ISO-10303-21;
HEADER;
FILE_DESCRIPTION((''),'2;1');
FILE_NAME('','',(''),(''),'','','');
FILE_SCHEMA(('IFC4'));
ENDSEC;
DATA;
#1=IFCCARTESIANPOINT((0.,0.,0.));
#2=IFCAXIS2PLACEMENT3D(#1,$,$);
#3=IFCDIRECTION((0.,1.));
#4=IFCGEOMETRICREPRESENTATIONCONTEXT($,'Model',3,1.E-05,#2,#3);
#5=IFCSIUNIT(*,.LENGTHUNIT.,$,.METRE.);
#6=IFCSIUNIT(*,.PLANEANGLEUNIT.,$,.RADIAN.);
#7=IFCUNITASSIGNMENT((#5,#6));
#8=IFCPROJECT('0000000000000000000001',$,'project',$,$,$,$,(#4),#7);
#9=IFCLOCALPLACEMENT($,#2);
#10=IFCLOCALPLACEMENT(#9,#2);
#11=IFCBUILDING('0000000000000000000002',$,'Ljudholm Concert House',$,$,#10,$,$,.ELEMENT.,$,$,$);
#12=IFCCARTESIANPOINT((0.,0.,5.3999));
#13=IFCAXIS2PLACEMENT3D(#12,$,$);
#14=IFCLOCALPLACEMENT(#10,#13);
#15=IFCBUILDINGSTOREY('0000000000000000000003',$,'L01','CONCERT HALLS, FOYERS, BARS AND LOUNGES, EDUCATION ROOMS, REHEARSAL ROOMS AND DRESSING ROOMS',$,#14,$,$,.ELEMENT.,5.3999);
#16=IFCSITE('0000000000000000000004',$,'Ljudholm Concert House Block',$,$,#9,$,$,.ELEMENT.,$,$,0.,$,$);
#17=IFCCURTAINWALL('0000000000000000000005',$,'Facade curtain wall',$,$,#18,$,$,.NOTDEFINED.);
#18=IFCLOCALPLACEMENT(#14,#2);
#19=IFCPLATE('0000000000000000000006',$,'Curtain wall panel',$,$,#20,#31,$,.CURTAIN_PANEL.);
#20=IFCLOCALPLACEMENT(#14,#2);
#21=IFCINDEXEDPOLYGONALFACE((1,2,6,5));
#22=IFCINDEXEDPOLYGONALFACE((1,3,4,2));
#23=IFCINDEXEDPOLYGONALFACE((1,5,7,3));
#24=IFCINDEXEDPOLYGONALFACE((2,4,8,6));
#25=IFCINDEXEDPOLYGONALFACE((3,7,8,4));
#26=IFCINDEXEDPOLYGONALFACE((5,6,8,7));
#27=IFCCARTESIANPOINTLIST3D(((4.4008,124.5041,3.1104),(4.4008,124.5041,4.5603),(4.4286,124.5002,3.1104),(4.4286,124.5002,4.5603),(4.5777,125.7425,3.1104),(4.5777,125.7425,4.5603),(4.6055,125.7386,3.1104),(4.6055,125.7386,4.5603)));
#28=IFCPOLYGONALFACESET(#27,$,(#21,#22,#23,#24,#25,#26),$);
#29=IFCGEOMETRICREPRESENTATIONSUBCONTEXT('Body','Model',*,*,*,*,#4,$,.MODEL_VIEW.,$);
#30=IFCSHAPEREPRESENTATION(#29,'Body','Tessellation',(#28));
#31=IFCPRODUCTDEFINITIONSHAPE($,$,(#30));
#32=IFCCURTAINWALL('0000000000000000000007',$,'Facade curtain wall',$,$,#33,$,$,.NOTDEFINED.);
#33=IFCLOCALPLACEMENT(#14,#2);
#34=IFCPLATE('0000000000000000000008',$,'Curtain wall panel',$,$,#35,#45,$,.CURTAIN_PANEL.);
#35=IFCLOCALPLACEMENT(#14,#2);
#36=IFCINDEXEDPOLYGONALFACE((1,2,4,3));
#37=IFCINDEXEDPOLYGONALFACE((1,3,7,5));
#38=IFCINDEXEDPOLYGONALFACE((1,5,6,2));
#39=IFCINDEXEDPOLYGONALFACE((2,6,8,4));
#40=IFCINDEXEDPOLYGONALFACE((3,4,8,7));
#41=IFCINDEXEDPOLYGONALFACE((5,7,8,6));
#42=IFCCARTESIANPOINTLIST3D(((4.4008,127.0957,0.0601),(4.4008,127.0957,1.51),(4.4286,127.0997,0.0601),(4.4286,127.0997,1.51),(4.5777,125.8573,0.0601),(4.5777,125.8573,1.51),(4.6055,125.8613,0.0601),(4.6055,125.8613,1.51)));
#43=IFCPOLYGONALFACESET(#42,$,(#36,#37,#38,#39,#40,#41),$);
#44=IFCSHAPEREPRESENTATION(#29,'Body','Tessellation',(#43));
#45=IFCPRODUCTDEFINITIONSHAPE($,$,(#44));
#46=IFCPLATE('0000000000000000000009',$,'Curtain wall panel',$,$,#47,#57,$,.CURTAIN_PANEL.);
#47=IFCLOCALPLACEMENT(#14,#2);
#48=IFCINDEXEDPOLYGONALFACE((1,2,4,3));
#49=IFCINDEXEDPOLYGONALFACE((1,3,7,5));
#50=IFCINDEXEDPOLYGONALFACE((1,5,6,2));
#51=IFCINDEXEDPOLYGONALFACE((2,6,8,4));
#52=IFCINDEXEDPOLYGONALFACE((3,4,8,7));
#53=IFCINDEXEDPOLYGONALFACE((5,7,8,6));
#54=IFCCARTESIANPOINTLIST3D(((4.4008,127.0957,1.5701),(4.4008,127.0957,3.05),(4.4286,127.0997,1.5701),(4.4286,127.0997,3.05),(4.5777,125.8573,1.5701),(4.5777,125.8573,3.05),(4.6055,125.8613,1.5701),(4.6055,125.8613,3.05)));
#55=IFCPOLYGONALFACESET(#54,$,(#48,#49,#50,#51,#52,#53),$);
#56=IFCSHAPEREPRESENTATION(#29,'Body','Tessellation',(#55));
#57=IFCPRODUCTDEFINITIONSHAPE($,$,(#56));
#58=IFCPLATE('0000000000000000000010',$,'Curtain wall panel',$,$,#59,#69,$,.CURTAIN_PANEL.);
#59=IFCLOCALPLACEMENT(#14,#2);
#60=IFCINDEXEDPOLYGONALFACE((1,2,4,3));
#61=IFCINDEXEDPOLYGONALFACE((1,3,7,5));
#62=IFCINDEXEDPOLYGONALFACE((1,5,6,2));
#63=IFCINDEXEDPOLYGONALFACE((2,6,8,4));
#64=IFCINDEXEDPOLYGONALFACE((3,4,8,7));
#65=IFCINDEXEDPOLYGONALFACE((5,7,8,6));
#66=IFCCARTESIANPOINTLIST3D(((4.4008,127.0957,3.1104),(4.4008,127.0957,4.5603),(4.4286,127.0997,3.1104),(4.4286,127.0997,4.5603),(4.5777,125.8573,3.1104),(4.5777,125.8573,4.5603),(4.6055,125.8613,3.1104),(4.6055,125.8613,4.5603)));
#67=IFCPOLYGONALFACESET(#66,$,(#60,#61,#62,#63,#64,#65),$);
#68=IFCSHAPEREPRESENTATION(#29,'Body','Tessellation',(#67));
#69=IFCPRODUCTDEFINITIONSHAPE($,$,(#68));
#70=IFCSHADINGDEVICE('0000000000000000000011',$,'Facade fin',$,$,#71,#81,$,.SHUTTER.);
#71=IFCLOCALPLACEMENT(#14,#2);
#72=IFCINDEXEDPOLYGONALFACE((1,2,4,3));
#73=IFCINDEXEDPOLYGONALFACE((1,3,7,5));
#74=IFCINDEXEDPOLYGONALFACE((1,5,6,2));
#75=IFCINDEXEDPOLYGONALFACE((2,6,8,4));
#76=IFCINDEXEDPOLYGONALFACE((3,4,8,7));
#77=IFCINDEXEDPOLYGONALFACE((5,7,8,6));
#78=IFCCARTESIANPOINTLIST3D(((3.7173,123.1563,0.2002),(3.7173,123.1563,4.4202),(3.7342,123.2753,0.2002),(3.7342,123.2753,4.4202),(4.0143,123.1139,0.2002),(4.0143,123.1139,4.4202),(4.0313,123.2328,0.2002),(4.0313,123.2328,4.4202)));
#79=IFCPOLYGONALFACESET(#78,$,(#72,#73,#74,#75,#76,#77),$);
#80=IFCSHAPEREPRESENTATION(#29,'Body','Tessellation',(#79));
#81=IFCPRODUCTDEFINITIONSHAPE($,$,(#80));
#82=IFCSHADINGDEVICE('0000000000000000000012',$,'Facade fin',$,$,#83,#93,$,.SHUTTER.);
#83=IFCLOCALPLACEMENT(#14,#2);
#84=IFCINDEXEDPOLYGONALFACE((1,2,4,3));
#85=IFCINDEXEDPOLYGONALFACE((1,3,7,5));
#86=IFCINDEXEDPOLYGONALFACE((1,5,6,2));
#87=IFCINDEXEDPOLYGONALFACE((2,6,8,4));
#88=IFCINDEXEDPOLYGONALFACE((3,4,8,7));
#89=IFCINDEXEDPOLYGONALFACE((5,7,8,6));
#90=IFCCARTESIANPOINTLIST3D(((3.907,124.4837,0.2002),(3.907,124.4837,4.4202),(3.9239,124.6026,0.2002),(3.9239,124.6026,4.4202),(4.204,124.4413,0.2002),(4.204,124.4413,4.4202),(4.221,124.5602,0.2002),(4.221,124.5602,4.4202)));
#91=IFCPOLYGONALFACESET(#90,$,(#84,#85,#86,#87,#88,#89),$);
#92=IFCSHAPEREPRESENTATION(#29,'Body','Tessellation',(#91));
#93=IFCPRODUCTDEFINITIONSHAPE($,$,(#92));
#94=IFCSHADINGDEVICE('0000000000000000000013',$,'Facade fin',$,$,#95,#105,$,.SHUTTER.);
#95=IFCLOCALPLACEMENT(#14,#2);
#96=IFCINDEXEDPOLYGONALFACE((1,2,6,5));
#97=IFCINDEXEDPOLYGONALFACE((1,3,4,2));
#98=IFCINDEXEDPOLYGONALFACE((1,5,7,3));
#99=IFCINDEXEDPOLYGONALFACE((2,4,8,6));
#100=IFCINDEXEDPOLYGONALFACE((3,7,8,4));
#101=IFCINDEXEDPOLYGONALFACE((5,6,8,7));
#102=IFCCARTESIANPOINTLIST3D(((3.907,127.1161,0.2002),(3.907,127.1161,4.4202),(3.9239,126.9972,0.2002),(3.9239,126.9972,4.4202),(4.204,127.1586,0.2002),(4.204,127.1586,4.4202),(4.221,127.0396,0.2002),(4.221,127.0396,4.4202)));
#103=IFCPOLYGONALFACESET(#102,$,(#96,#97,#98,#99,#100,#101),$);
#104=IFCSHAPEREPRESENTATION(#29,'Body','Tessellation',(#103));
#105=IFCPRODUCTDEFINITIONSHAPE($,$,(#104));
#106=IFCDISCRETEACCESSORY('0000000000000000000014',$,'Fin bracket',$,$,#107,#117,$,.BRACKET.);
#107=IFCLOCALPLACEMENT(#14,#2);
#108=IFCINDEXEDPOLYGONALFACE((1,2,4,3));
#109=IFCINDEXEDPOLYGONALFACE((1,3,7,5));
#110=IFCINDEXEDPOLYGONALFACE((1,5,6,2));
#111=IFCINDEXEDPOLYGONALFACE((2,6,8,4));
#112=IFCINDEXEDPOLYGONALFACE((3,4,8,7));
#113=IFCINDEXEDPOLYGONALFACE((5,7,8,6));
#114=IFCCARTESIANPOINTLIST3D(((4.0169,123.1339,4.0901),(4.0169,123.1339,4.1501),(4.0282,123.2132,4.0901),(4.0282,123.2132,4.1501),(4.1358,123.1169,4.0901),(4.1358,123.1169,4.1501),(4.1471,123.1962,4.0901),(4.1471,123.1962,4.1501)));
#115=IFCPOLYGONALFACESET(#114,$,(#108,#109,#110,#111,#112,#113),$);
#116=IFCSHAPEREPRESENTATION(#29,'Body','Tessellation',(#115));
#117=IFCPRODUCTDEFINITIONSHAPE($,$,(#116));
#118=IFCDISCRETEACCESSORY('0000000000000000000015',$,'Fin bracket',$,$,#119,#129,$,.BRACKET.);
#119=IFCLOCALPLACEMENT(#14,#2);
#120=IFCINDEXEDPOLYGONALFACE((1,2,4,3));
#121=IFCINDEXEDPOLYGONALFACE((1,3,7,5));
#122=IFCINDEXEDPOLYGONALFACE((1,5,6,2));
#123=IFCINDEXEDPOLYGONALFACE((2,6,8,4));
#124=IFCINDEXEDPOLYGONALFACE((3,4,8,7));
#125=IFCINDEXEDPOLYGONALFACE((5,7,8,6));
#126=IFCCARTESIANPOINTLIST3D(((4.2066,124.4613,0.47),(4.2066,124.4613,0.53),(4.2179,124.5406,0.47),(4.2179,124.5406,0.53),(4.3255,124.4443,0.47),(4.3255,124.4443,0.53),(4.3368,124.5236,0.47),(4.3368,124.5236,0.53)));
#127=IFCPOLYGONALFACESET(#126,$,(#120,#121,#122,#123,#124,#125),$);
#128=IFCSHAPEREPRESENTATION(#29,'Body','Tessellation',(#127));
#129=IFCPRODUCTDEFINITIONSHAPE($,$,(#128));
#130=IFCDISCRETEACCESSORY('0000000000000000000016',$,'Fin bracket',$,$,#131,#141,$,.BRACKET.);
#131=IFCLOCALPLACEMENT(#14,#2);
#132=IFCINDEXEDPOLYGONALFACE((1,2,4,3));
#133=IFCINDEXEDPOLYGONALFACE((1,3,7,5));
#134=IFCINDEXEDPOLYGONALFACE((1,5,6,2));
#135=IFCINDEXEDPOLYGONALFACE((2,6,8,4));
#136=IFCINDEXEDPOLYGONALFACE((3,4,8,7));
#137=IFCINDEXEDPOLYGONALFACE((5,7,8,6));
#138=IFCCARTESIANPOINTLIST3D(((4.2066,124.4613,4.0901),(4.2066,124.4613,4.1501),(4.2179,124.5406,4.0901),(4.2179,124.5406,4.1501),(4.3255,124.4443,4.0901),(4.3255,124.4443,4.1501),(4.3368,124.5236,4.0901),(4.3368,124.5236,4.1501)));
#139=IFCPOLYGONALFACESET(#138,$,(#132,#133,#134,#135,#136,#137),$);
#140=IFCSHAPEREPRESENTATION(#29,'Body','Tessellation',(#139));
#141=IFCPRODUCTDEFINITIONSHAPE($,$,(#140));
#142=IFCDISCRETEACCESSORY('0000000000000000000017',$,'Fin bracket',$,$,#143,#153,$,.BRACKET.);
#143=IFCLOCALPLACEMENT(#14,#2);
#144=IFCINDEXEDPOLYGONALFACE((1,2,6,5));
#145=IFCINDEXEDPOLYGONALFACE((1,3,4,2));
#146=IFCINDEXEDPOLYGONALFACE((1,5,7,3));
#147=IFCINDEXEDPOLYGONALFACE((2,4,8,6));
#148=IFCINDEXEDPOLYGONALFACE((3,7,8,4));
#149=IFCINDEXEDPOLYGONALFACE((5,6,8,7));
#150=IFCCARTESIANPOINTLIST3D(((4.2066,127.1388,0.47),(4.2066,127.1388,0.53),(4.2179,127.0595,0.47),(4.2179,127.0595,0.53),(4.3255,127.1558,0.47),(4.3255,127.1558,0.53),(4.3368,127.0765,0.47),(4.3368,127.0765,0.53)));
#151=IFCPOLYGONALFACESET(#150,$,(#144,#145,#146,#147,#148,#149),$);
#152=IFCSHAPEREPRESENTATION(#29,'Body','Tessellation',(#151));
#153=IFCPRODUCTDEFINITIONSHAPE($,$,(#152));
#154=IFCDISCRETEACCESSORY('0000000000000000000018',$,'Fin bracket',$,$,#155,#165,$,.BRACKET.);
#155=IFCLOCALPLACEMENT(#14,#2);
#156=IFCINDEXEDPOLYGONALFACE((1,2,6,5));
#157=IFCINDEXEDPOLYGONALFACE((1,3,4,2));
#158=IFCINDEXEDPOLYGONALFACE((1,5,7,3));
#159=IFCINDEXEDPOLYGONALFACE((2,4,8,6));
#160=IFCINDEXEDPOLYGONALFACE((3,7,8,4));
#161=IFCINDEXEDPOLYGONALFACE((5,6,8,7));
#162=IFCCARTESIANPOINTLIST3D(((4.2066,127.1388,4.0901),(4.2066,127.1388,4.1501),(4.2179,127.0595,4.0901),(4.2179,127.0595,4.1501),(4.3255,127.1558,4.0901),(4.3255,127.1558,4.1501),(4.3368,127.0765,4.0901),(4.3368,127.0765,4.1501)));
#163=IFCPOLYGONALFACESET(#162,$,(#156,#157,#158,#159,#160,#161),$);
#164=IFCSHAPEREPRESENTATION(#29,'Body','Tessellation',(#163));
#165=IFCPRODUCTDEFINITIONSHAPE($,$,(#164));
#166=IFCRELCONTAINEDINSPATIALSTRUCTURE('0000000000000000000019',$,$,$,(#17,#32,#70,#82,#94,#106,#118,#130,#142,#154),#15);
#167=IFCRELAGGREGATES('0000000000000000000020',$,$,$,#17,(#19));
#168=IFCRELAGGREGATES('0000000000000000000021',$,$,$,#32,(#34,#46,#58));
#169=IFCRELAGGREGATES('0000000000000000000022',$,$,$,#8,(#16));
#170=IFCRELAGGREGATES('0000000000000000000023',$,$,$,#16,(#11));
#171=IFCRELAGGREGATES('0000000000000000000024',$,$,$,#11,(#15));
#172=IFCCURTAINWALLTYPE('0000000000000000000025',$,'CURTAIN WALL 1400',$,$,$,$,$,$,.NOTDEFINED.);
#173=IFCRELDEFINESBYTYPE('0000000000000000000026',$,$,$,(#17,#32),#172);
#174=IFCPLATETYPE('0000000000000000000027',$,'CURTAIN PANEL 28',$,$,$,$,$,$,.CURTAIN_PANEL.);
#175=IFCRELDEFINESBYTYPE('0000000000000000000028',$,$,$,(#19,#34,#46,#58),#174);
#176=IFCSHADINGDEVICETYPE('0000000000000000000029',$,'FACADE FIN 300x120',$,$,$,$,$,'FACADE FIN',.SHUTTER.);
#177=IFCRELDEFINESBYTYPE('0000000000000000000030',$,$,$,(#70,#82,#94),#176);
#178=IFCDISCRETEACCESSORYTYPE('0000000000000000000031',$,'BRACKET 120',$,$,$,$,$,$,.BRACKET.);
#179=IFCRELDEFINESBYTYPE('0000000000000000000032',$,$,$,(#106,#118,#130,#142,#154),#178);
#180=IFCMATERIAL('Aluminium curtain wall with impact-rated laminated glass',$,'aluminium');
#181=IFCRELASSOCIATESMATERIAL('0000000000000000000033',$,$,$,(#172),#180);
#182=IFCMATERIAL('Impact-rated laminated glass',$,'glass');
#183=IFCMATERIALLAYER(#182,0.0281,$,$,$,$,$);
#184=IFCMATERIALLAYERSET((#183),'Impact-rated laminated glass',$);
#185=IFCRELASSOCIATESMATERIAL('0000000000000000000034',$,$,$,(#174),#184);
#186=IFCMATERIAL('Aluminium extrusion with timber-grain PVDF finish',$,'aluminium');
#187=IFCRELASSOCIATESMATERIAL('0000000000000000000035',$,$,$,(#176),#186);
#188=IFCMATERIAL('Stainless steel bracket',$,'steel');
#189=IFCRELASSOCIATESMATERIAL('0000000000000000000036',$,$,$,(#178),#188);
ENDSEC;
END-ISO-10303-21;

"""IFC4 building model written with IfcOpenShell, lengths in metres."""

from ifc_helpers import new_model, si_unit, direction, frame, origin, origin_2d, place, context, subcontext, project, spatial, rectangle, extrude, material, layer, layer_set, type_object, element, aggregate, save


model = new_model("IFC4")

# Units and contexts
model_context = context("Model", 3, precision=1e-05, world=origin(), true_north=direction((0.0, 1.0)))
body_context = subcontext(model_context, "Body", "Model", "MODEL_VIEW")
ifc_project = project(units=[si_unit("LENGTHUNIT", "METRE"), si_unit("PLANEANGLEUNIT", "RADIAN")], contexts=[model_context])

# Site, building, storey
site_placement = place(None, origin())
site = spatial("IfcSite", under=ifc_project, at=site_placement, Name="Ljudholm Concert House Block", CompositionType="ELEMENT", RefElevation=0.0)
building_placement = place(site_placement, origin())
building = spatial("IfcBuilding", under=site, at=building_placement, Name="Ljudholm Concert House", CompositionType="ELEMENT")
storey_placement = place(building_placement, frame((0.0, 0.0, 5.3999)))
storey = spatial("IfcBuildingStorey", under=building, at=storey_placement, Name="L01", Description="CONCERT HALLS, FOYERS, BARS AND LOUNGES, EDUCATION ROOMS, REHEARSAL ROOMS AND DRESSING ROOMS", CompositionType="ELEMENT", Elevation=5.3999)

# Curtain wall, plate
ifc_material_1 = material(Name="Aluminium curtain wall with impact-rated laminated glass", Category="aluminium")
curtain_wall_type = type_object("IfcCurtainWallType", Name="CURTAIN WALL 1400", PredefinedType="NOTDEFINED", material=ifc_material_1)
curtain_wall_1_placement = place(storey_placement, origin())
curtain_wall_1 = element("IfcCurtainWall", 1, at=curtain_wall_1_placement, inside=storey, type_object=curtain_wall_type, Name="Facade curtain wall", PredefinedType="NOTDEFINED")
ifc_material_2 = material(Name="Impact-rated laminated glass", Category="glass")
ifc_layer = layer(ifc_material_2, 0.0281)
ifc_layer_set = layer_set([ifc_layer], Name="Impact-rated laminated glass")
plate_type = type_object("IfcPlateType", Name="CURTAIN PANEL 28", PredefinedType="CURTAIN_PANEL", material=ifc_layer_set)
plate_1_placement = place(storey_placement, frame((4.5032, 125.1213, 3.1104), z_axis=(0.0, 0.0, 1.0), x_axis=(0.141421, 0.989949, 0.0)))
plate_1 = element("IfcPlate", 2, at=plate_1_placement, type_object=plate_type, Name="Curtain wall panel", PredefinedType="CURTAIN_PANEL", context=body_context, shape_type="SweptSolid", body=[
    extrude(rectangle(XDim=1.251, YDim=0.0281, at=origin_2d()), origin(), (0.0, 0.0, 1.0), 1.45),
])
aggregate(curtain_wall_1, [plate_1])

# Curtain wall, plates
curtain_wall_2_placement = place(storey_placement, origin())
curtain_wall_2 = element("IfcCurtainWall", 3, at=curtain_wall_2_placement, inside=storey, type_object=curtain_wall_type, Name="Facade curtain wall", PredefinedType="NOTDEFINED")
plate_2_placement = place(storey_placement, frame((4.5032, 126.4785, 0.0601), z_axis=(0.0, 0.0, 1.0), x_axis=(-0.141421, 0.989949, 0.0)))
plate_2 = element("IfcPlate", 4, at=plate_2_placement, type_object=plate_type, Name="Curtain wall panel", PredefinedType="CURTAIN_PANEL", context=body_context, shape_type="SweptSolid", body=[
    extrude(rectangle(XDim=1.251, YDim=0.0281, at=origin_2d()), origin(), (0.0, 0.0, 1.0), 1.45),
])
plate_3_placement = place(storey_placement, frame((4.5032, 126.4785, 1.5701), z_axis=(0.0, 0.0, 1.0), x_axis=(-0.141421, 0.989949, 0.0)))
plate_3 = element("IfcPlate", 5, at=plate_3_placement, type_object=plate_type, Name="Curtain wall panel", PredefinedType="CURTAIN_PANEL", context=body_context, shape_type="SweptSolid", body=[
    extrude(rectangle(XDim=1.251, YDim=0.0281, at=origin_2d()), origin(), (0.0, 0.0, 1.0), 1.48),
])
plate_4_placement = place(storey_placement, frame((4.5032, 126.4785, 3.1104), z_axis=(0.0, 0.0, 1.0), x_axis=(-0.141421, 0.989949, 0.0)))
plate_4 = element("IfcPlate", 6, at=plate_4_placement, type_object=plate_type, Name="Curtain wall panel", PredefinedType="CURTAIN_PANEL", context=body_context, shape_type="SweptSolid", body=[
    extrude(rectangle(XDim=1.251, YDim=0.0281, at=origin_2d()), origin(), (0.0, 0.0, 1.0), 1.45),
])
aggregate(curtain_wall_2, [plate_2, plate_3, plate_4])

# Shading devices
ifc_material_3 = material(Name="Aluminium extrusion with timber-grain PVDF finish", Category="aluminium")
shading_device_type = type_object("IfcShadingDeviceType", Name="FACADE FIN 300x120", ElementType="FACADE FIN", PredefinedType="SHUTTER", material=ifc_material_3)
for number, where, z_axis, x_axis, name in (
    (7, (3.8743, 123.1946, 0.2002), (0.0, 0.0, 1.0), (-0.989949, 0.141421, 0.0), "Facade fin"),
    (8, (4.064, 124.522, 0.2002), (0.0, 0.0, 1.0), (-0.989949, 0.141421, 0.0), "Facade fin"),
    (9, (4.064, 127.0779, 0.2002), (0.0, 0.0, 1.0), (-0.989949, -0.141421, 0.0), "Facade fin"),
):
    element("IfcShadingDevice", number, at=place(storey_placement, frame(where, z_axis=z_axis, x_axis=x_axis)), inside=storey, type_object=shading_device_type, Name=name, PredefinedType="SHUTTER", context=body_context, shape_type="SweptSolid", body=[
        extrude(rectangle(XDim=0.3, YDim=0.1201, at=origin_2d()), origin(), (0.0, 0.0, 1.0), 4.22),
    ])

# Discrete accessories
ifc_material_4 = material(Name="Stainless steel bracket", Category="steel")
discrete_accessory_type = type_object("IfcDiscreteAccessoryType", Name="BRACKET 120", PredefinedType="BRACKET", material=ifc_material_4)
for number, where, z_axis, x_axis, name in (
    (10, (4.082, 123.165, 4.0901), (0.0, 0.0, 1.0), (-0.989949, 0.141421, 0.0), "Fin bracket"),
    (11, (4.2717, 124.4924, 0.47), (0.0, 0.0, 1.0), (-0.989949, 0.141421, 0.0), "Fin bracket"),
    (12, (4.2717, 124.4924, 4.0901), (0.0, 0.0, 1.0), (-0.989949, 0.141421, 0.0), "Fin bracket"),
    (13, (4.2717, 127.1077, 0.47), (0.0, 0.0, 1.0), (-0.989949, -0.141421, 0.0), "Fin bracket"),
    (14, (4.2717, 127.1077, 4.0901), (0.0, 0.0, 1.0), (-0.989949, -0.141421, 0.0), "Fin bracket"),
):
    element("IfcDiscreteAccessory", number, at=place(storey_placement, frame(where, z_axis=z_axis, x_axis=x_axis)), inside=storey, type_object=discrete_accessory_type, Name=name, PredefinedType="BRACKET", context=body_context, shape_type="SweptSolid", body=[
        extrude(rectangle(XDim=0.1201, YDim=0.0801, at=origin_2d()), origin(), (0.0, 0.0, 1.0), 0.0601),
    ])

save(model, "model.ifc")
